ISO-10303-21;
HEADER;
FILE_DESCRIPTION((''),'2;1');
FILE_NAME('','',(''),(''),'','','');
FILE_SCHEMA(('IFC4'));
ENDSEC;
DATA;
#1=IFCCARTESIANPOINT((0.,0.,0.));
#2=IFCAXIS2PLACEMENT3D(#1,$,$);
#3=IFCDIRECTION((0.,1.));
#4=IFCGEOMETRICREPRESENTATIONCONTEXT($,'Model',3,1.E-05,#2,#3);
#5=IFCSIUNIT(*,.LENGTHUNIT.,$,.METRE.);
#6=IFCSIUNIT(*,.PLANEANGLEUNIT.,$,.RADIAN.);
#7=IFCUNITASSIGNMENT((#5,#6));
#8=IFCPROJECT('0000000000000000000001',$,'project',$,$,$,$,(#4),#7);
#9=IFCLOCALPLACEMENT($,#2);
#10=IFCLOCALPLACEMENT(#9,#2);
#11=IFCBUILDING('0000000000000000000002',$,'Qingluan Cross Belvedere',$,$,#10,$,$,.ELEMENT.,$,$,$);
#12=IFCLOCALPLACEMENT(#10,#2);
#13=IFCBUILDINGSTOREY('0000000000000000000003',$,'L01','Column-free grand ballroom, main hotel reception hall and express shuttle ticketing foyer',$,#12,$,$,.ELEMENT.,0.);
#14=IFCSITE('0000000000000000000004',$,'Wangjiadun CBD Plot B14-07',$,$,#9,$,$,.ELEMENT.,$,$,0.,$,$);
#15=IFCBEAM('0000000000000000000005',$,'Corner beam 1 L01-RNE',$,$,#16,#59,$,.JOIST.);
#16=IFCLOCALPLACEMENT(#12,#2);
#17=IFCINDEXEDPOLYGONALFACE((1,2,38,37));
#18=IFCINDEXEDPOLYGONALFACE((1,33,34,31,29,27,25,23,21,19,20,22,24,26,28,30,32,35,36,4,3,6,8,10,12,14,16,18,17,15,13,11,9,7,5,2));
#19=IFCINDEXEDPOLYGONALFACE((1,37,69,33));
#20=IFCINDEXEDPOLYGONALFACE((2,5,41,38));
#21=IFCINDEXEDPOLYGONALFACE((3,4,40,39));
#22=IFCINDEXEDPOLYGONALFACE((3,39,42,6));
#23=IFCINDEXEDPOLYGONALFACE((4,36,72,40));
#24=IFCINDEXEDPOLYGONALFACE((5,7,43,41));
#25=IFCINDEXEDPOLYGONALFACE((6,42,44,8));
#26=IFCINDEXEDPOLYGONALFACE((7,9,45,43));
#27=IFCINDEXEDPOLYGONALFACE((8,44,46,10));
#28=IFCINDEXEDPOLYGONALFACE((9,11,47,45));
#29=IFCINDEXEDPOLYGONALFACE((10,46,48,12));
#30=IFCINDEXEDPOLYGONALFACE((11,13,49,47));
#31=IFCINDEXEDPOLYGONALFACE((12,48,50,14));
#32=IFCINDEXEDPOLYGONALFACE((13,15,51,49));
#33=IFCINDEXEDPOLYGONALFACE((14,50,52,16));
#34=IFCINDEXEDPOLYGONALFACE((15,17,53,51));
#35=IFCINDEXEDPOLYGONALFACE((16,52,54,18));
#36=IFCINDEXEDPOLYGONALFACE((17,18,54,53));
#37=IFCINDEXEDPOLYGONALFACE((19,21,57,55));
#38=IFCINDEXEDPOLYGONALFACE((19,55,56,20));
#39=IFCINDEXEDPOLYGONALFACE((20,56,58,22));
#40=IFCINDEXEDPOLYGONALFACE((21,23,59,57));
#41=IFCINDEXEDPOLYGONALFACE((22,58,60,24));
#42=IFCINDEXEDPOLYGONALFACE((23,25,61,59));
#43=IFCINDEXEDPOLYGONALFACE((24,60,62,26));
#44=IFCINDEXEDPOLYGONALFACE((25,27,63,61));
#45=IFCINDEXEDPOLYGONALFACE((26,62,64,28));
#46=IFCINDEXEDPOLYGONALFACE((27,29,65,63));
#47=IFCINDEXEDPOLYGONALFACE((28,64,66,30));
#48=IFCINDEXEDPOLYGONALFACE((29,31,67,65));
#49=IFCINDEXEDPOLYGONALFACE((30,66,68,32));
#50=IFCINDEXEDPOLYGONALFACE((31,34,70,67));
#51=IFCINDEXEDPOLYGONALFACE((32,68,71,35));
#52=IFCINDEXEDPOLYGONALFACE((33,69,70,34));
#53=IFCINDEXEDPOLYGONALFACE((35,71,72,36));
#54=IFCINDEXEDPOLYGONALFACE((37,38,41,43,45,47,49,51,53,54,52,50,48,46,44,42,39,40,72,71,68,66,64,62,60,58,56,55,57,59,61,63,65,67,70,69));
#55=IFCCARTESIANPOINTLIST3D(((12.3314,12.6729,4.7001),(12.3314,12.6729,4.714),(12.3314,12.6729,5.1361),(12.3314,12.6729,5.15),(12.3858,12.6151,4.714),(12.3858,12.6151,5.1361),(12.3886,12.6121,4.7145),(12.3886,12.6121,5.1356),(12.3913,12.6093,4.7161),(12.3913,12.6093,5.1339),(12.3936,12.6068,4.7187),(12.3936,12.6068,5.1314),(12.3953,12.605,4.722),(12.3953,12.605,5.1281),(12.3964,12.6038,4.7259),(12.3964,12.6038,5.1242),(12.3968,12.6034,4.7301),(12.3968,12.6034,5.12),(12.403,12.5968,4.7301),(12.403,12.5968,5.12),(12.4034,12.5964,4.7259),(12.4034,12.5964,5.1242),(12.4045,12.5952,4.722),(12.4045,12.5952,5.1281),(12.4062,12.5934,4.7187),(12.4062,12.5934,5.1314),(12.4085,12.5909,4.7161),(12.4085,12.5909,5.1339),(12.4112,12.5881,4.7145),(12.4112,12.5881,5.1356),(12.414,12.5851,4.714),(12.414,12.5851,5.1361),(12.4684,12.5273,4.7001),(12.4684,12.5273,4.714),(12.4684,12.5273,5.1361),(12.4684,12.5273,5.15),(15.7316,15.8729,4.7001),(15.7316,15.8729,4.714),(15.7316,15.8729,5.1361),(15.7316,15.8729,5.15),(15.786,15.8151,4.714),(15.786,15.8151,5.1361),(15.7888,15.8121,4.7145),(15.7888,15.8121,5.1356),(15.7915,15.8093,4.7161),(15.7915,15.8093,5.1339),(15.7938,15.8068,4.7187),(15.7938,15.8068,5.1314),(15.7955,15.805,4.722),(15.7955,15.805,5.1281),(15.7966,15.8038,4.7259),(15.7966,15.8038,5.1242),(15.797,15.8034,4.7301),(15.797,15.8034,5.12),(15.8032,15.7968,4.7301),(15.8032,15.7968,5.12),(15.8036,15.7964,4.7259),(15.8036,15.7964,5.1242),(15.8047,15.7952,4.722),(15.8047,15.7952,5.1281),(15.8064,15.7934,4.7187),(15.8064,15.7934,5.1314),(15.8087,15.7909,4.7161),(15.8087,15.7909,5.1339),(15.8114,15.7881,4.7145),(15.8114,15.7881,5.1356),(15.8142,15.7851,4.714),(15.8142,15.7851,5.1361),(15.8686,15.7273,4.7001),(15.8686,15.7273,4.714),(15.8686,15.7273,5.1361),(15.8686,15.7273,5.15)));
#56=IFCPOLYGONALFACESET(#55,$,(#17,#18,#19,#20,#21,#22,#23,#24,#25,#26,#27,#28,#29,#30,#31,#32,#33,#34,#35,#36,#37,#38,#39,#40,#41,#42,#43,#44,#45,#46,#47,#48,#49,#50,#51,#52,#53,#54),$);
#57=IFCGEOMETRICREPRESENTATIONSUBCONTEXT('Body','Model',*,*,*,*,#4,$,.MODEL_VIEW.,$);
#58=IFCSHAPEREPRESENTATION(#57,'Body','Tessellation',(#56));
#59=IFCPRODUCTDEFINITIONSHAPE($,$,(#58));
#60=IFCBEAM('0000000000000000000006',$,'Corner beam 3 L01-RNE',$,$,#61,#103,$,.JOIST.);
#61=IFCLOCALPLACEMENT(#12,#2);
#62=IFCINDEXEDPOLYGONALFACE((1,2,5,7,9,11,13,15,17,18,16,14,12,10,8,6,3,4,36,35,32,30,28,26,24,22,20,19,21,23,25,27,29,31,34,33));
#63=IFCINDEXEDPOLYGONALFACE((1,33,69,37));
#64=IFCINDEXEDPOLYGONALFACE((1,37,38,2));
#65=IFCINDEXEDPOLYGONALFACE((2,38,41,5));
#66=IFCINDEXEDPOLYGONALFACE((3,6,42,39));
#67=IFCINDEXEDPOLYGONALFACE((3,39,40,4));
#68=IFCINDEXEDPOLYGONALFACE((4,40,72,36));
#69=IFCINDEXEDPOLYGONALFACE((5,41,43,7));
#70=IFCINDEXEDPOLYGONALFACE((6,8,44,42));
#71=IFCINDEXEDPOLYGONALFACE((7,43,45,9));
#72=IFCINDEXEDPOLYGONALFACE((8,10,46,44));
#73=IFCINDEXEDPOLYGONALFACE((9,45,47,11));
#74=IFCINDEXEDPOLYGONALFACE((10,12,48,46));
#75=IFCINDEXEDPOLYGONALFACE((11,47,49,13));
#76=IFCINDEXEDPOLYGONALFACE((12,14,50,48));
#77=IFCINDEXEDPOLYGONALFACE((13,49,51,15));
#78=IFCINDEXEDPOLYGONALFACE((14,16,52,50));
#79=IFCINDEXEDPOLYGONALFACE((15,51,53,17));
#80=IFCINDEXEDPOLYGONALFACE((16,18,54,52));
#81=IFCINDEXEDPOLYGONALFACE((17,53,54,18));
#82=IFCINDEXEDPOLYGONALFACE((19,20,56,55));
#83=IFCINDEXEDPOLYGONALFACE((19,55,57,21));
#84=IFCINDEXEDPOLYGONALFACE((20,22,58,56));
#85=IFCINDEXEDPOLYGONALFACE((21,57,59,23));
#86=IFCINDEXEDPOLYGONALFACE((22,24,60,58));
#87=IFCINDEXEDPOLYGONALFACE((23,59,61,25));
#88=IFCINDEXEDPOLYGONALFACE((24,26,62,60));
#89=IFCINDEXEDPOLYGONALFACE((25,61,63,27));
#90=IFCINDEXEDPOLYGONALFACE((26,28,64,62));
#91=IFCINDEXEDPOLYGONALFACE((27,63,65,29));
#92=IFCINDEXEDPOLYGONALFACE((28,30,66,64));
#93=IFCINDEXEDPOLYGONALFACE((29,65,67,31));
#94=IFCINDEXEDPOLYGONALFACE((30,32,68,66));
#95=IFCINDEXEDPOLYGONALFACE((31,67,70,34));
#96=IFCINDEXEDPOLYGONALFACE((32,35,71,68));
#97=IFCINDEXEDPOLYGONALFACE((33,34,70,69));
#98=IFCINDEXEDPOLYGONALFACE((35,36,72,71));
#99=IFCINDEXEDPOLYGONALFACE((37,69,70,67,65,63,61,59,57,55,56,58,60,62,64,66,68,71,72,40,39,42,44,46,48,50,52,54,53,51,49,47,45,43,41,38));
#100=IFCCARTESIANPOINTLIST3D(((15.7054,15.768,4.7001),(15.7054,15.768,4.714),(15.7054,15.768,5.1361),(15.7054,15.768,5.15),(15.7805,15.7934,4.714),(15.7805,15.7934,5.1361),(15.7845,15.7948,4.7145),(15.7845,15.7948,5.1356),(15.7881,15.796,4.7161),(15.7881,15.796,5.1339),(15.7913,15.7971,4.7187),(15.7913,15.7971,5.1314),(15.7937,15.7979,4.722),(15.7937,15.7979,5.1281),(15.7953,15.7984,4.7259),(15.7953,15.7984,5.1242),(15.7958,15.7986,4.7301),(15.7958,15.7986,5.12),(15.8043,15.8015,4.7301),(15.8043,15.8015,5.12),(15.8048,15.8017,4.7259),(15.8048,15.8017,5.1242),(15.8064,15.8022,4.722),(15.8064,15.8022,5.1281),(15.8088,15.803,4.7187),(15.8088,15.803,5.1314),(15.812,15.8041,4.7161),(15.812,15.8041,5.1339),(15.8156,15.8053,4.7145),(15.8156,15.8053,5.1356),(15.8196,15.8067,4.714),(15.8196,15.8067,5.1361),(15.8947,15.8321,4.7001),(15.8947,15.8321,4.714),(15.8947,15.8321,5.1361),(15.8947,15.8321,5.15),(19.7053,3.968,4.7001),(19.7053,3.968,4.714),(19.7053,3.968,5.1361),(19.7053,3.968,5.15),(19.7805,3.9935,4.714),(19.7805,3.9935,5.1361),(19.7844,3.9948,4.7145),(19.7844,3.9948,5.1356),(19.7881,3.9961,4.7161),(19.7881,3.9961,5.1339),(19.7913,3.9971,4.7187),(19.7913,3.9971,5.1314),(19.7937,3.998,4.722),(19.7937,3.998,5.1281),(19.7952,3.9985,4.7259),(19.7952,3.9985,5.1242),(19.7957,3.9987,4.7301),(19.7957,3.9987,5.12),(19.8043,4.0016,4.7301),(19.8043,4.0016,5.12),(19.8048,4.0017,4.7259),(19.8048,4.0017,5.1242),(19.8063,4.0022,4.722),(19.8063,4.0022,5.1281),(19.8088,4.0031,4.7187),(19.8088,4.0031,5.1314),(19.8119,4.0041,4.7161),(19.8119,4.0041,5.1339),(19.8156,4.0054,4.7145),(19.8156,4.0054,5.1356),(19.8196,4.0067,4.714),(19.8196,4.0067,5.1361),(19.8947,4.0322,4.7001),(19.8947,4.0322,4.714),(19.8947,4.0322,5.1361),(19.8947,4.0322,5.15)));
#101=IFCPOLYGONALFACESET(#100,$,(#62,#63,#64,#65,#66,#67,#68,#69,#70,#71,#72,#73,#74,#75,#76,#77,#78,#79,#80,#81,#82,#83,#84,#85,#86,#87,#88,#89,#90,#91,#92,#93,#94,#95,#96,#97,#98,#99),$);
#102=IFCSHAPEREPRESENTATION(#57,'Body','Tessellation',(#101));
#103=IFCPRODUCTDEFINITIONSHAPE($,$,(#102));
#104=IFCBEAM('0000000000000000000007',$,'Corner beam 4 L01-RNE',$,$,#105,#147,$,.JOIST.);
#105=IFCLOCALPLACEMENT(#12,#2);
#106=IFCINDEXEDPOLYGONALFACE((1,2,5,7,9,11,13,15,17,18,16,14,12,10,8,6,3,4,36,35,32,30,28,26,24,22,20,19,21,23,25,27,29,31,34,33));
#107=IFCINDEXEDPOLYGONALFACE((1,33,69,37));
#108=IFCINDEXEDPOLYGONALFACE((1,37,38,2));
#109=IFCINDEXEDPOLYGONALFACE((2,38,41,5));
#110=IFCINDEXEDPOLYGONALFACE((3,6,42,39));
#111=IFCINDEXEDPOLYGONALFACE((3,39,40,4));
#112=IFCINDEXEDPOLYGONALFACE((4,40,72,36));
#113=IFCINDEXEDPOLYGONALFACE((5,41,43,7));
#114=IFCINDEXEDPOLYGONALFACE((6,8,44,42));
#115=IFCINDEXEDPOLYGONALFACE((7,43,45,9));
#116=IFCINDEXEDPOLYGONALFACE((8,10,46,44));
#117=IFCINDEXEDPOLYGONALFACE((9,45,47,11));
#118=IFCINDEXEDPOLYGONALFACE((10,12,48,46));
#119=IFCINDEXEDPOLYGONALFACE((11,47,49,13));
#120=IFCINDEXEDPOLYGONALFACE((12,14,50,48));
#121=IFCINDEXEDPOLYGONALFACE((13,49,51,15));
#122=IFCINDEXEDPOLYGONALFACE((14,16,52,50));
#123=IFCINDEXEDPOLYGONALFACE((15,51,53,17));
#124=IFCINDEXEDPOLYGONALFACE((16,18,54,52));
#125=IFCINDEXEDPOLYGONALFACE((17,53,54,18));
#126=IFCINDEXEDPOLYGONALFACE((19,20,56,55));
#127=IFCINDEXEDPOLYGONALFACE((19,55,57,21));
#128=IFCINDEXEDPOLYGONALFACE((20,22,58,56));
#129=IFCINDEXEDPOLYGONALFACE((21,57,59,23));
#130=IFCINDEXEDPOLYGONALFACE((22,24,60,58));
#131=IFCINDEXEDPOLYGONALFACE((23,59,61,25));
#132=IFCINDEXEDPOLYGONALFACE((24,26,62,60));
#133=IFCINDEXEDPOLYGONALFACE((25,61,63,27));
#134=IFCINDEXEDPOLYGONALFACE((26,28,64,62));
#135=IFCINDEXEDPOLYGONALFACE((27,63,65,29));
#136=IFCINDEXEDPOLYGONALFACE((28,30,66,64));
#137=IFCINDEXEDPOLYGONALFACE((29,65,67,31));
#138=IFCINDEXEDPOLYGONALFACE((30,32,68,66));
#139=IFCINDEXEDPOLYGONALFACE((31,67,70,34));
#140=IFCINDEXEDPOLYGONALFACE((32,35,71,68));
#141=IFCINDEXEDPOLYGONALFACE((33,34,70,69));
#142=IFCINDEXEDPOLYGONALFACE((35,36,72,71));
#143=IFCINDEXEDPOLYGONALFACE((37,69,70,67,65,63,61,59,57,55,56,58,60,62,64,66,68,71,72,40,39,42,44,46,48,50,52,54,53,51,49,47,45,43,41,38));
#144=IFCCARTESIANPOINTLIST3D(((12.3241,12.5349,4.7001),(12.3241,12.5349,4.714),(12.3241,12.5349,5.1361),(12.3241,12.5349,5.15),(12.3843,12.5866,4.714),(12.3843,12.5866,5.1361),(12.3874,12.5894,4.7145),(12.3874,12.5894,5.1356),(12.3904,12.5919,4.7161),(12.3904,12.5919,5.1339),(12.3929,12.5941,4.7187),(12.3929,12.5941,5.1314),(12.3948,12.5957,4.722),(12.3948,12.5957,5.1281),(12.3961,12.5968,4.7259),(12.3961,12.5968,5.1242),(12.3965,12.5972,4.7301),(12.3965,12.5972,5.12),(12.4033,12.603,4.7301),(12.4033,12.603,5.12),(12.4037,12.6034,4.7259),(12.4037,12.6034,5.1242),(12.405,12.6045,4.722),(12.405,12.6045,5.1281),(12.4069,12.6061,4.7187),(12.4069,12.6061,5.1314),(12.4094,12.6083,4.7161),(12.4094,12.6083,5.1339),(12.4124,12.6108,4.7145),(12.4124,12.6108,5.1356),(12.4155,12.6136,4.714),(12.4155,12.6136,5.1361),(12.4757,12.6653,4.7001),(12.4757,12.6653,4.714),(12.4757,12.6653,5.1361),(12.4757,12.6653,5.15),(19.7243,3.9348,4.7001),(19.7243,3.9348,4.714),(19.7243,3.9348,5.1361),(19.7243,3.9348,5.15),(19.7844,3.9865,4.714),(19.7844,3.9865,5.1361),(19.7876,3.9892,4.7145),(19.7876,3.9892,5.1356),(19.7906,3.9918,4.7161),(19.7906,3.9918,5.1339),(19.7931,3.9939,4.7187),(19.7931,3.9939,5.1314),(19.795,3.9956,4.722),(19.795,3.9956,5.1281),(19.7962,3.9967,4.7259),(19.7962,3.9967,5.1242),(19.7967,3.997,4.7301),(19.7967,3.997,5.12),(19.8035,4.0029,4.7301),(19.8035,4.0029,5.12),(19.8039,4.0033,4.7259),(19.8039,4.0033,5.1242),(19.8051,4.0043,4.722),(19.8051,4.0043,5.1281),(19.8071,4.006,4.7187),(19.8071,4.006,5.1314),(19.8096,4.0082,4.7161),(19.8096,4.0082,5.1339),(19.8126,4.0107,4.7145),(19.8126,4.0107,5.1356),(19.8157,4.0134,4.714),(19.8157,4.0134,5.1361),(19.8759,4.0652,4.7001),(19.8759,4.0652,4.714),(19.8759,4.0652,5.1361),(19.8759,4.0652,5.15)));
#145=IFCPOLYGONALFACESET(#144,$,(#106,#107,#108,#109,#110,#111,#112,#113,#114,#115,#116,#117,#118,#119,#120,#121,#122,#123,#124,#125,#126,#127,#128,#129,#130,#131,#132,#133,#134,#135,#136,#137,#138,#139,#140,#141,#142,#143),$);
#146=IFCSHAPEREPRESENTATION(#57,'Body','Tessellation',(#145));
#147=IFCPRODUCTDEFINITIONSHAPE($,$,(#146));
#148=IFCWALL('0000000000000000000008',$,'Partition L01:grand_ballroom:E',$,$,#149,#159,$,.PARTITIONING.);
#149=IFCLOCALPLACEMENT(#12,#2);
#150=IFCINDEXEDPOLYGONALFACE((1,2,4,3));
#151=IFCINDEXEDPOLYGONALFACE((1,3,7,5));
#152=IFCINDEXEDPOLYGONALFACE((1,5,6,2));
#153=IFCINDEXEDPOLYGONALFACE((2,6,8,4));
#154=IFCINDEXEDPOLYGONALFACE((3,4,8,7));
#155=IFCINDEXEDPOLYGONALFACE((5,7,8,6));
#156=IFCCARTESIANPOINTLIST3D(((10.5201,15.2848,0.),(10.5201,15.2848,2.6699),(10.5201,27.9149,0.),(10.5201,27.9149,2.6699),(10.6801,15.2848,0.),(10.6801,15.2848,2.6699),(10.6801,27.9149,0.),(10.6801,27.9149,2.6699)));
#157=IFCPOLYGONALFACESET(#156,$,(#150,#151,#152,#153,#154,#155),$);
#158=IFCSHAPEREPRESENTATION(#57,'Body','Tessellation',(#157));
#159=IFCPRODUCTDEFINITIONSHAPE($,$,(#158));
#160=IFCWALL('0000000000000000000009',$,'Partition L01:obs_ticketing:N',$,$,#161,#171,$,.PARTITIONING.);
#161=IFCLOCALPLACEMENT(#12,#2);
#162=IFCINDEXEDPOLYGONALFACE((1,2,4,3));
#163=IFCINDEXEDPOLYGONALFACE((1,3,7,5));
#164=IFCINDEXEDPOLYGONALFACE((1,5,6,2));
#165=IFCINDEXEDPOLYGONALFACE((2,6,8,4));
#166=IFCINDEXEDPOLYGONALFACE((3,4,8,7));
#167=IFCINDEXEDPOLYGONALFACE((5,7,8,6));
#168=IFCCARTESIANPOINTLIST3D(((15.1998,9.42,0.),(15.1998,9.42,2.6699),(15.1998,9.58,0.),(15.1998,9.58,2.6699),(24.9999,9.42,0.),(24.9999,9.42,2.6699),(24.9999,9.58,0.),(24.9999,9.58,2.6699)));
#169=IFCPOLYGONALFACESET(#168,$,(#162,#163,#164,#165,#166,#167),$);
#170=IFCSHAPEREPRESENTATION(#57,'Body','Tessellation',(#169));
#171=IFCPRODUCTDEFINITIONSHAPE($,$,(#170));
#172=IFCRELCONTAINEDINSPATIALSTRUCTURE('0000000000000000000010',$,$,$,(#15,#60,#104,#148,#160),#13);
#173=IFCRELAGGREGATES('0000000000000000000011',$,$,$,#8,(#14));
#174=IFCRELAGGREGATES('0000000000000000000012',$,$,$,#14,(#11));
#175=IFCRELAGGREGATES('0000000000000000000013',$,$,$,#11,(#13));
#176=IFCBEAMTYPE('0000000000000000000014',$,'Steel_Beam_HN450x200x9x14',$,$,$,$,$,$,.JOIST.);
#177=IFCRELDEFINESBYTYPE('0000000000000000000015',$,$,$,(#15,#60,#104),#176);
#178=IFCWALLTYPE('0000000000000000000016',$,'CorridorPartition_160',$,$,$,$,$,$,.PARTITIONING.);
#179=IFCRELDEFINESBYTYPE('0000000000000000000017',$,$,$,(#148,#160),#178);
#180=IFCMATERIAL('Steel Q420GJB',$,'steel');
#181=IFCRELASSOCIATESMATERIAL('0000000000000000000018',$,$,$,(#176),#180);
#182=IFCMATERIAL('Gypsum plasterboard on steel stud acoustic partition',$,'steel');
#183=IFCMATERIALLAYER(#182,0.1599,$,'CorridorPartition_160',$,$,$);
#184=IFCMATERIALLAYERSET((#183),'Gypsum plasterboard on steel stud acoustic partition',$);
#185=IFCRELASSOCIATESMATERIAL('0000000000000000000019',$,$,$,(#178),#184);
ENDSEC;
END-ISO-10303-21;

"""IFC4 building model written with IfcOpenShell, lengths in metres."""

from ifc_helpers import new_model, si_unit, direction, frame, frame_2d, origin, origin_2d, place, context, subcontext, project, spatial, rectangle, i_section, extrude, material, layer, layer_set, material_profile, profile_set, type_object, element, save


model = new_model("IFC4")

# Units and contexts
model_context = context("Model", 3, precision=1e-05, world=origin(), true_north=direction((0.0, 1.0)))
body_context = subcontext(model_context, "Body", "Model", "MODEL_VIEW")
ifc_project = project(units=[si_unit("LENGTHUNIT", "METRE"), si_unit("PLANEANGLEUNIT", "RADIAN")], contexts=[model_context])

# Site, building, storey
site_placement = place(None, origin())
site = spatial("IfcSite", under=ifc_project, at=site_placement, Name="Wangjiadun CBD Plot B14-07", CompositionType="ELEMENT", RefElevation=0.0)
building_placement = place(site_placement, origin())
building = spatial("IfcBuilding", under=site, at=building_placement, Name="Qingluan Cross Belvedere", CompositionType="ELEMENT")
storey_placement = place(building_placement, origin())
storey = spatial("IfcBuildingStorey", under=building, at=storey_placement, Name="L01", Description="Column-free grand ballroom, main hotel reception hall and express shuttle ticketing foyer", CompositionType="ELEMENT", Elevation=0.0)

# Beams
ifc_material_1 = material(Name="Steel Q420GJB", Category="steel")
ifc_material_profile_1 = material_profile(ifc_material_1, i_section(OverallWidth=0.2, OverallDepth=0.45, WebThickness=0.009, FlangeThickness=0.0139, FilletRadius=0.0161, at=origin_2d()), Name="HN450x200x9x14")
ifc_profile_set_1 = profile_set([ifc_material_profile_1], Name="Steel Q420GJB")
beam_type_1 = type_object("IfcBeamType", Name="Steel_Beam_HN450x200x9x14", PredefinedType="JOIST", material=ifc_profile_set_1)
beam_1_placement = place(storey_placement, frame((12.3999, 12.6001, 4.925), z_axis=(0.72822, 0.685343, 0.0), x_axis=(-0.685343, 0.72822, 0.0)))
element("IfcBeam", 1, at=beam_1_placement, inside=storey, type_object=beam_type_1, Name="Corner beam 1 L01-RNE", PredefinedType="JOIST", context=body_context, shape_type="SweptSolid", body=[
    extrude(i_section(OverallWidth=0.2, OverallDepth=0.45, WebThickness=0.009, FlangeThickness=0.0139, FilletRadius=0.0161, at=origin_2d()), origin(), (0.0, 0.0, 1.0), 4.6692),
])
beam_2_placement = place(storey_placement, frame((15.8, 15.8, 4.925), z_axis=(0.321038, -0.947066, 0.0), x_axis=(0.947066, 0.321038, 0.0)))
element("IfcBeam", 2, at=beam_2_placement, inside=storey, type_object=beam_type_1, Name="Corner beam 3 L01-RNE", PredefinedType="JOIST", context=body_context, shape_type="SweptSolid", body=[
    extrude(i_section(OverallWidth=0.2, OverallDepth=0.45, WebThickness=0.009, FlangeThickness=0.0139, FilletRadius=0.0161, at=origin_2d()), origin(), (0.0, 0.0, 1.0), 12.4595),
])
beam_3_placement = place(storey_placement, frame((12.3999, 12.6001, 4.925), z_axis=(0.652245, -0.758008, 0.0), x_axis=(0.758008, 0.652245, 0.0)))
element("IfcBeam", 3, at=beam_3_placement, inside=storey, type_object=beam_type_1, Name="Corner beam 4 L01-RNE", PredefinedType="JOIST", context=body_context, shape_type="SweptSolid", body=[
    extrude(i_section(OverallWidth=0.2, OverallDepth=0.45, WebThickness=0.009, FlangeThickness=0.0139, FilletRadius=0.0161, at=origin_2d()), origin(), (0.0, 0.0, 1.0), 11.3457),
])

# Walls
ifc_material_2 = material(Name="Gypsum plasterboard on steel stud acoustic partition", Category="steel")
ifc_layer_1 = layer(ifc_material_2, 0.1599, Name="CorridorPartition_160")
ifc_layer_set_1 = layer_set([ifc_layer_1], Name="Gypsum plasterboard on steel stud acoustic partition")
wall_type_1 = type_object("IfcWallType", Name="CorridorPartition_160", PredefinedType="PARTITIONING", material=ifc_layer_set_1)
wall_1_placement = place(storey_placement, frame((10.6001, 15.2849, 0.0), z_axis=(0.0, 0.0, 1.0), x_axis=(0.0, 1.0, 0.0)))
element("IfcWall", 4, at=wall_1_placement, inside=storey, type_object=wall_type_1, Name="Partition L01:grand_ballroom:E", PredefinedType="PARTITIONING", context=body_context, shape_type="SweptSolid", body=[
    extrude(rectangle(XDim=12.6301, YDim=0.1599, at=frame_2d((6.3149, 0.0))), origin(), (0.0, 0.0, 1.0), 2.6699),
])
wall_2_placement = place(storey_placement, frame((15.2, 9.5, 0.0), z_axis=(0.0, 0.0, 1.0), x_axis=(1.0, 0.0, 0.0)))
element("IfcWall", 5, at=wall_2_placement, inside=storey, type_object=wall_type_1, Name="Partition L01:obs_ticketing:N", PredefinedType="PARTITIONING", context=body_context, shape_type="SweptSolid", body=[
    extrude(rectangle(XDim=9.8, YDim=0.1599, at=frame_2d((4.8999, 0.0))), origin(), (0.0, 0.0, 1.0), 2.6699),
])

save(model, "model.ifc")
